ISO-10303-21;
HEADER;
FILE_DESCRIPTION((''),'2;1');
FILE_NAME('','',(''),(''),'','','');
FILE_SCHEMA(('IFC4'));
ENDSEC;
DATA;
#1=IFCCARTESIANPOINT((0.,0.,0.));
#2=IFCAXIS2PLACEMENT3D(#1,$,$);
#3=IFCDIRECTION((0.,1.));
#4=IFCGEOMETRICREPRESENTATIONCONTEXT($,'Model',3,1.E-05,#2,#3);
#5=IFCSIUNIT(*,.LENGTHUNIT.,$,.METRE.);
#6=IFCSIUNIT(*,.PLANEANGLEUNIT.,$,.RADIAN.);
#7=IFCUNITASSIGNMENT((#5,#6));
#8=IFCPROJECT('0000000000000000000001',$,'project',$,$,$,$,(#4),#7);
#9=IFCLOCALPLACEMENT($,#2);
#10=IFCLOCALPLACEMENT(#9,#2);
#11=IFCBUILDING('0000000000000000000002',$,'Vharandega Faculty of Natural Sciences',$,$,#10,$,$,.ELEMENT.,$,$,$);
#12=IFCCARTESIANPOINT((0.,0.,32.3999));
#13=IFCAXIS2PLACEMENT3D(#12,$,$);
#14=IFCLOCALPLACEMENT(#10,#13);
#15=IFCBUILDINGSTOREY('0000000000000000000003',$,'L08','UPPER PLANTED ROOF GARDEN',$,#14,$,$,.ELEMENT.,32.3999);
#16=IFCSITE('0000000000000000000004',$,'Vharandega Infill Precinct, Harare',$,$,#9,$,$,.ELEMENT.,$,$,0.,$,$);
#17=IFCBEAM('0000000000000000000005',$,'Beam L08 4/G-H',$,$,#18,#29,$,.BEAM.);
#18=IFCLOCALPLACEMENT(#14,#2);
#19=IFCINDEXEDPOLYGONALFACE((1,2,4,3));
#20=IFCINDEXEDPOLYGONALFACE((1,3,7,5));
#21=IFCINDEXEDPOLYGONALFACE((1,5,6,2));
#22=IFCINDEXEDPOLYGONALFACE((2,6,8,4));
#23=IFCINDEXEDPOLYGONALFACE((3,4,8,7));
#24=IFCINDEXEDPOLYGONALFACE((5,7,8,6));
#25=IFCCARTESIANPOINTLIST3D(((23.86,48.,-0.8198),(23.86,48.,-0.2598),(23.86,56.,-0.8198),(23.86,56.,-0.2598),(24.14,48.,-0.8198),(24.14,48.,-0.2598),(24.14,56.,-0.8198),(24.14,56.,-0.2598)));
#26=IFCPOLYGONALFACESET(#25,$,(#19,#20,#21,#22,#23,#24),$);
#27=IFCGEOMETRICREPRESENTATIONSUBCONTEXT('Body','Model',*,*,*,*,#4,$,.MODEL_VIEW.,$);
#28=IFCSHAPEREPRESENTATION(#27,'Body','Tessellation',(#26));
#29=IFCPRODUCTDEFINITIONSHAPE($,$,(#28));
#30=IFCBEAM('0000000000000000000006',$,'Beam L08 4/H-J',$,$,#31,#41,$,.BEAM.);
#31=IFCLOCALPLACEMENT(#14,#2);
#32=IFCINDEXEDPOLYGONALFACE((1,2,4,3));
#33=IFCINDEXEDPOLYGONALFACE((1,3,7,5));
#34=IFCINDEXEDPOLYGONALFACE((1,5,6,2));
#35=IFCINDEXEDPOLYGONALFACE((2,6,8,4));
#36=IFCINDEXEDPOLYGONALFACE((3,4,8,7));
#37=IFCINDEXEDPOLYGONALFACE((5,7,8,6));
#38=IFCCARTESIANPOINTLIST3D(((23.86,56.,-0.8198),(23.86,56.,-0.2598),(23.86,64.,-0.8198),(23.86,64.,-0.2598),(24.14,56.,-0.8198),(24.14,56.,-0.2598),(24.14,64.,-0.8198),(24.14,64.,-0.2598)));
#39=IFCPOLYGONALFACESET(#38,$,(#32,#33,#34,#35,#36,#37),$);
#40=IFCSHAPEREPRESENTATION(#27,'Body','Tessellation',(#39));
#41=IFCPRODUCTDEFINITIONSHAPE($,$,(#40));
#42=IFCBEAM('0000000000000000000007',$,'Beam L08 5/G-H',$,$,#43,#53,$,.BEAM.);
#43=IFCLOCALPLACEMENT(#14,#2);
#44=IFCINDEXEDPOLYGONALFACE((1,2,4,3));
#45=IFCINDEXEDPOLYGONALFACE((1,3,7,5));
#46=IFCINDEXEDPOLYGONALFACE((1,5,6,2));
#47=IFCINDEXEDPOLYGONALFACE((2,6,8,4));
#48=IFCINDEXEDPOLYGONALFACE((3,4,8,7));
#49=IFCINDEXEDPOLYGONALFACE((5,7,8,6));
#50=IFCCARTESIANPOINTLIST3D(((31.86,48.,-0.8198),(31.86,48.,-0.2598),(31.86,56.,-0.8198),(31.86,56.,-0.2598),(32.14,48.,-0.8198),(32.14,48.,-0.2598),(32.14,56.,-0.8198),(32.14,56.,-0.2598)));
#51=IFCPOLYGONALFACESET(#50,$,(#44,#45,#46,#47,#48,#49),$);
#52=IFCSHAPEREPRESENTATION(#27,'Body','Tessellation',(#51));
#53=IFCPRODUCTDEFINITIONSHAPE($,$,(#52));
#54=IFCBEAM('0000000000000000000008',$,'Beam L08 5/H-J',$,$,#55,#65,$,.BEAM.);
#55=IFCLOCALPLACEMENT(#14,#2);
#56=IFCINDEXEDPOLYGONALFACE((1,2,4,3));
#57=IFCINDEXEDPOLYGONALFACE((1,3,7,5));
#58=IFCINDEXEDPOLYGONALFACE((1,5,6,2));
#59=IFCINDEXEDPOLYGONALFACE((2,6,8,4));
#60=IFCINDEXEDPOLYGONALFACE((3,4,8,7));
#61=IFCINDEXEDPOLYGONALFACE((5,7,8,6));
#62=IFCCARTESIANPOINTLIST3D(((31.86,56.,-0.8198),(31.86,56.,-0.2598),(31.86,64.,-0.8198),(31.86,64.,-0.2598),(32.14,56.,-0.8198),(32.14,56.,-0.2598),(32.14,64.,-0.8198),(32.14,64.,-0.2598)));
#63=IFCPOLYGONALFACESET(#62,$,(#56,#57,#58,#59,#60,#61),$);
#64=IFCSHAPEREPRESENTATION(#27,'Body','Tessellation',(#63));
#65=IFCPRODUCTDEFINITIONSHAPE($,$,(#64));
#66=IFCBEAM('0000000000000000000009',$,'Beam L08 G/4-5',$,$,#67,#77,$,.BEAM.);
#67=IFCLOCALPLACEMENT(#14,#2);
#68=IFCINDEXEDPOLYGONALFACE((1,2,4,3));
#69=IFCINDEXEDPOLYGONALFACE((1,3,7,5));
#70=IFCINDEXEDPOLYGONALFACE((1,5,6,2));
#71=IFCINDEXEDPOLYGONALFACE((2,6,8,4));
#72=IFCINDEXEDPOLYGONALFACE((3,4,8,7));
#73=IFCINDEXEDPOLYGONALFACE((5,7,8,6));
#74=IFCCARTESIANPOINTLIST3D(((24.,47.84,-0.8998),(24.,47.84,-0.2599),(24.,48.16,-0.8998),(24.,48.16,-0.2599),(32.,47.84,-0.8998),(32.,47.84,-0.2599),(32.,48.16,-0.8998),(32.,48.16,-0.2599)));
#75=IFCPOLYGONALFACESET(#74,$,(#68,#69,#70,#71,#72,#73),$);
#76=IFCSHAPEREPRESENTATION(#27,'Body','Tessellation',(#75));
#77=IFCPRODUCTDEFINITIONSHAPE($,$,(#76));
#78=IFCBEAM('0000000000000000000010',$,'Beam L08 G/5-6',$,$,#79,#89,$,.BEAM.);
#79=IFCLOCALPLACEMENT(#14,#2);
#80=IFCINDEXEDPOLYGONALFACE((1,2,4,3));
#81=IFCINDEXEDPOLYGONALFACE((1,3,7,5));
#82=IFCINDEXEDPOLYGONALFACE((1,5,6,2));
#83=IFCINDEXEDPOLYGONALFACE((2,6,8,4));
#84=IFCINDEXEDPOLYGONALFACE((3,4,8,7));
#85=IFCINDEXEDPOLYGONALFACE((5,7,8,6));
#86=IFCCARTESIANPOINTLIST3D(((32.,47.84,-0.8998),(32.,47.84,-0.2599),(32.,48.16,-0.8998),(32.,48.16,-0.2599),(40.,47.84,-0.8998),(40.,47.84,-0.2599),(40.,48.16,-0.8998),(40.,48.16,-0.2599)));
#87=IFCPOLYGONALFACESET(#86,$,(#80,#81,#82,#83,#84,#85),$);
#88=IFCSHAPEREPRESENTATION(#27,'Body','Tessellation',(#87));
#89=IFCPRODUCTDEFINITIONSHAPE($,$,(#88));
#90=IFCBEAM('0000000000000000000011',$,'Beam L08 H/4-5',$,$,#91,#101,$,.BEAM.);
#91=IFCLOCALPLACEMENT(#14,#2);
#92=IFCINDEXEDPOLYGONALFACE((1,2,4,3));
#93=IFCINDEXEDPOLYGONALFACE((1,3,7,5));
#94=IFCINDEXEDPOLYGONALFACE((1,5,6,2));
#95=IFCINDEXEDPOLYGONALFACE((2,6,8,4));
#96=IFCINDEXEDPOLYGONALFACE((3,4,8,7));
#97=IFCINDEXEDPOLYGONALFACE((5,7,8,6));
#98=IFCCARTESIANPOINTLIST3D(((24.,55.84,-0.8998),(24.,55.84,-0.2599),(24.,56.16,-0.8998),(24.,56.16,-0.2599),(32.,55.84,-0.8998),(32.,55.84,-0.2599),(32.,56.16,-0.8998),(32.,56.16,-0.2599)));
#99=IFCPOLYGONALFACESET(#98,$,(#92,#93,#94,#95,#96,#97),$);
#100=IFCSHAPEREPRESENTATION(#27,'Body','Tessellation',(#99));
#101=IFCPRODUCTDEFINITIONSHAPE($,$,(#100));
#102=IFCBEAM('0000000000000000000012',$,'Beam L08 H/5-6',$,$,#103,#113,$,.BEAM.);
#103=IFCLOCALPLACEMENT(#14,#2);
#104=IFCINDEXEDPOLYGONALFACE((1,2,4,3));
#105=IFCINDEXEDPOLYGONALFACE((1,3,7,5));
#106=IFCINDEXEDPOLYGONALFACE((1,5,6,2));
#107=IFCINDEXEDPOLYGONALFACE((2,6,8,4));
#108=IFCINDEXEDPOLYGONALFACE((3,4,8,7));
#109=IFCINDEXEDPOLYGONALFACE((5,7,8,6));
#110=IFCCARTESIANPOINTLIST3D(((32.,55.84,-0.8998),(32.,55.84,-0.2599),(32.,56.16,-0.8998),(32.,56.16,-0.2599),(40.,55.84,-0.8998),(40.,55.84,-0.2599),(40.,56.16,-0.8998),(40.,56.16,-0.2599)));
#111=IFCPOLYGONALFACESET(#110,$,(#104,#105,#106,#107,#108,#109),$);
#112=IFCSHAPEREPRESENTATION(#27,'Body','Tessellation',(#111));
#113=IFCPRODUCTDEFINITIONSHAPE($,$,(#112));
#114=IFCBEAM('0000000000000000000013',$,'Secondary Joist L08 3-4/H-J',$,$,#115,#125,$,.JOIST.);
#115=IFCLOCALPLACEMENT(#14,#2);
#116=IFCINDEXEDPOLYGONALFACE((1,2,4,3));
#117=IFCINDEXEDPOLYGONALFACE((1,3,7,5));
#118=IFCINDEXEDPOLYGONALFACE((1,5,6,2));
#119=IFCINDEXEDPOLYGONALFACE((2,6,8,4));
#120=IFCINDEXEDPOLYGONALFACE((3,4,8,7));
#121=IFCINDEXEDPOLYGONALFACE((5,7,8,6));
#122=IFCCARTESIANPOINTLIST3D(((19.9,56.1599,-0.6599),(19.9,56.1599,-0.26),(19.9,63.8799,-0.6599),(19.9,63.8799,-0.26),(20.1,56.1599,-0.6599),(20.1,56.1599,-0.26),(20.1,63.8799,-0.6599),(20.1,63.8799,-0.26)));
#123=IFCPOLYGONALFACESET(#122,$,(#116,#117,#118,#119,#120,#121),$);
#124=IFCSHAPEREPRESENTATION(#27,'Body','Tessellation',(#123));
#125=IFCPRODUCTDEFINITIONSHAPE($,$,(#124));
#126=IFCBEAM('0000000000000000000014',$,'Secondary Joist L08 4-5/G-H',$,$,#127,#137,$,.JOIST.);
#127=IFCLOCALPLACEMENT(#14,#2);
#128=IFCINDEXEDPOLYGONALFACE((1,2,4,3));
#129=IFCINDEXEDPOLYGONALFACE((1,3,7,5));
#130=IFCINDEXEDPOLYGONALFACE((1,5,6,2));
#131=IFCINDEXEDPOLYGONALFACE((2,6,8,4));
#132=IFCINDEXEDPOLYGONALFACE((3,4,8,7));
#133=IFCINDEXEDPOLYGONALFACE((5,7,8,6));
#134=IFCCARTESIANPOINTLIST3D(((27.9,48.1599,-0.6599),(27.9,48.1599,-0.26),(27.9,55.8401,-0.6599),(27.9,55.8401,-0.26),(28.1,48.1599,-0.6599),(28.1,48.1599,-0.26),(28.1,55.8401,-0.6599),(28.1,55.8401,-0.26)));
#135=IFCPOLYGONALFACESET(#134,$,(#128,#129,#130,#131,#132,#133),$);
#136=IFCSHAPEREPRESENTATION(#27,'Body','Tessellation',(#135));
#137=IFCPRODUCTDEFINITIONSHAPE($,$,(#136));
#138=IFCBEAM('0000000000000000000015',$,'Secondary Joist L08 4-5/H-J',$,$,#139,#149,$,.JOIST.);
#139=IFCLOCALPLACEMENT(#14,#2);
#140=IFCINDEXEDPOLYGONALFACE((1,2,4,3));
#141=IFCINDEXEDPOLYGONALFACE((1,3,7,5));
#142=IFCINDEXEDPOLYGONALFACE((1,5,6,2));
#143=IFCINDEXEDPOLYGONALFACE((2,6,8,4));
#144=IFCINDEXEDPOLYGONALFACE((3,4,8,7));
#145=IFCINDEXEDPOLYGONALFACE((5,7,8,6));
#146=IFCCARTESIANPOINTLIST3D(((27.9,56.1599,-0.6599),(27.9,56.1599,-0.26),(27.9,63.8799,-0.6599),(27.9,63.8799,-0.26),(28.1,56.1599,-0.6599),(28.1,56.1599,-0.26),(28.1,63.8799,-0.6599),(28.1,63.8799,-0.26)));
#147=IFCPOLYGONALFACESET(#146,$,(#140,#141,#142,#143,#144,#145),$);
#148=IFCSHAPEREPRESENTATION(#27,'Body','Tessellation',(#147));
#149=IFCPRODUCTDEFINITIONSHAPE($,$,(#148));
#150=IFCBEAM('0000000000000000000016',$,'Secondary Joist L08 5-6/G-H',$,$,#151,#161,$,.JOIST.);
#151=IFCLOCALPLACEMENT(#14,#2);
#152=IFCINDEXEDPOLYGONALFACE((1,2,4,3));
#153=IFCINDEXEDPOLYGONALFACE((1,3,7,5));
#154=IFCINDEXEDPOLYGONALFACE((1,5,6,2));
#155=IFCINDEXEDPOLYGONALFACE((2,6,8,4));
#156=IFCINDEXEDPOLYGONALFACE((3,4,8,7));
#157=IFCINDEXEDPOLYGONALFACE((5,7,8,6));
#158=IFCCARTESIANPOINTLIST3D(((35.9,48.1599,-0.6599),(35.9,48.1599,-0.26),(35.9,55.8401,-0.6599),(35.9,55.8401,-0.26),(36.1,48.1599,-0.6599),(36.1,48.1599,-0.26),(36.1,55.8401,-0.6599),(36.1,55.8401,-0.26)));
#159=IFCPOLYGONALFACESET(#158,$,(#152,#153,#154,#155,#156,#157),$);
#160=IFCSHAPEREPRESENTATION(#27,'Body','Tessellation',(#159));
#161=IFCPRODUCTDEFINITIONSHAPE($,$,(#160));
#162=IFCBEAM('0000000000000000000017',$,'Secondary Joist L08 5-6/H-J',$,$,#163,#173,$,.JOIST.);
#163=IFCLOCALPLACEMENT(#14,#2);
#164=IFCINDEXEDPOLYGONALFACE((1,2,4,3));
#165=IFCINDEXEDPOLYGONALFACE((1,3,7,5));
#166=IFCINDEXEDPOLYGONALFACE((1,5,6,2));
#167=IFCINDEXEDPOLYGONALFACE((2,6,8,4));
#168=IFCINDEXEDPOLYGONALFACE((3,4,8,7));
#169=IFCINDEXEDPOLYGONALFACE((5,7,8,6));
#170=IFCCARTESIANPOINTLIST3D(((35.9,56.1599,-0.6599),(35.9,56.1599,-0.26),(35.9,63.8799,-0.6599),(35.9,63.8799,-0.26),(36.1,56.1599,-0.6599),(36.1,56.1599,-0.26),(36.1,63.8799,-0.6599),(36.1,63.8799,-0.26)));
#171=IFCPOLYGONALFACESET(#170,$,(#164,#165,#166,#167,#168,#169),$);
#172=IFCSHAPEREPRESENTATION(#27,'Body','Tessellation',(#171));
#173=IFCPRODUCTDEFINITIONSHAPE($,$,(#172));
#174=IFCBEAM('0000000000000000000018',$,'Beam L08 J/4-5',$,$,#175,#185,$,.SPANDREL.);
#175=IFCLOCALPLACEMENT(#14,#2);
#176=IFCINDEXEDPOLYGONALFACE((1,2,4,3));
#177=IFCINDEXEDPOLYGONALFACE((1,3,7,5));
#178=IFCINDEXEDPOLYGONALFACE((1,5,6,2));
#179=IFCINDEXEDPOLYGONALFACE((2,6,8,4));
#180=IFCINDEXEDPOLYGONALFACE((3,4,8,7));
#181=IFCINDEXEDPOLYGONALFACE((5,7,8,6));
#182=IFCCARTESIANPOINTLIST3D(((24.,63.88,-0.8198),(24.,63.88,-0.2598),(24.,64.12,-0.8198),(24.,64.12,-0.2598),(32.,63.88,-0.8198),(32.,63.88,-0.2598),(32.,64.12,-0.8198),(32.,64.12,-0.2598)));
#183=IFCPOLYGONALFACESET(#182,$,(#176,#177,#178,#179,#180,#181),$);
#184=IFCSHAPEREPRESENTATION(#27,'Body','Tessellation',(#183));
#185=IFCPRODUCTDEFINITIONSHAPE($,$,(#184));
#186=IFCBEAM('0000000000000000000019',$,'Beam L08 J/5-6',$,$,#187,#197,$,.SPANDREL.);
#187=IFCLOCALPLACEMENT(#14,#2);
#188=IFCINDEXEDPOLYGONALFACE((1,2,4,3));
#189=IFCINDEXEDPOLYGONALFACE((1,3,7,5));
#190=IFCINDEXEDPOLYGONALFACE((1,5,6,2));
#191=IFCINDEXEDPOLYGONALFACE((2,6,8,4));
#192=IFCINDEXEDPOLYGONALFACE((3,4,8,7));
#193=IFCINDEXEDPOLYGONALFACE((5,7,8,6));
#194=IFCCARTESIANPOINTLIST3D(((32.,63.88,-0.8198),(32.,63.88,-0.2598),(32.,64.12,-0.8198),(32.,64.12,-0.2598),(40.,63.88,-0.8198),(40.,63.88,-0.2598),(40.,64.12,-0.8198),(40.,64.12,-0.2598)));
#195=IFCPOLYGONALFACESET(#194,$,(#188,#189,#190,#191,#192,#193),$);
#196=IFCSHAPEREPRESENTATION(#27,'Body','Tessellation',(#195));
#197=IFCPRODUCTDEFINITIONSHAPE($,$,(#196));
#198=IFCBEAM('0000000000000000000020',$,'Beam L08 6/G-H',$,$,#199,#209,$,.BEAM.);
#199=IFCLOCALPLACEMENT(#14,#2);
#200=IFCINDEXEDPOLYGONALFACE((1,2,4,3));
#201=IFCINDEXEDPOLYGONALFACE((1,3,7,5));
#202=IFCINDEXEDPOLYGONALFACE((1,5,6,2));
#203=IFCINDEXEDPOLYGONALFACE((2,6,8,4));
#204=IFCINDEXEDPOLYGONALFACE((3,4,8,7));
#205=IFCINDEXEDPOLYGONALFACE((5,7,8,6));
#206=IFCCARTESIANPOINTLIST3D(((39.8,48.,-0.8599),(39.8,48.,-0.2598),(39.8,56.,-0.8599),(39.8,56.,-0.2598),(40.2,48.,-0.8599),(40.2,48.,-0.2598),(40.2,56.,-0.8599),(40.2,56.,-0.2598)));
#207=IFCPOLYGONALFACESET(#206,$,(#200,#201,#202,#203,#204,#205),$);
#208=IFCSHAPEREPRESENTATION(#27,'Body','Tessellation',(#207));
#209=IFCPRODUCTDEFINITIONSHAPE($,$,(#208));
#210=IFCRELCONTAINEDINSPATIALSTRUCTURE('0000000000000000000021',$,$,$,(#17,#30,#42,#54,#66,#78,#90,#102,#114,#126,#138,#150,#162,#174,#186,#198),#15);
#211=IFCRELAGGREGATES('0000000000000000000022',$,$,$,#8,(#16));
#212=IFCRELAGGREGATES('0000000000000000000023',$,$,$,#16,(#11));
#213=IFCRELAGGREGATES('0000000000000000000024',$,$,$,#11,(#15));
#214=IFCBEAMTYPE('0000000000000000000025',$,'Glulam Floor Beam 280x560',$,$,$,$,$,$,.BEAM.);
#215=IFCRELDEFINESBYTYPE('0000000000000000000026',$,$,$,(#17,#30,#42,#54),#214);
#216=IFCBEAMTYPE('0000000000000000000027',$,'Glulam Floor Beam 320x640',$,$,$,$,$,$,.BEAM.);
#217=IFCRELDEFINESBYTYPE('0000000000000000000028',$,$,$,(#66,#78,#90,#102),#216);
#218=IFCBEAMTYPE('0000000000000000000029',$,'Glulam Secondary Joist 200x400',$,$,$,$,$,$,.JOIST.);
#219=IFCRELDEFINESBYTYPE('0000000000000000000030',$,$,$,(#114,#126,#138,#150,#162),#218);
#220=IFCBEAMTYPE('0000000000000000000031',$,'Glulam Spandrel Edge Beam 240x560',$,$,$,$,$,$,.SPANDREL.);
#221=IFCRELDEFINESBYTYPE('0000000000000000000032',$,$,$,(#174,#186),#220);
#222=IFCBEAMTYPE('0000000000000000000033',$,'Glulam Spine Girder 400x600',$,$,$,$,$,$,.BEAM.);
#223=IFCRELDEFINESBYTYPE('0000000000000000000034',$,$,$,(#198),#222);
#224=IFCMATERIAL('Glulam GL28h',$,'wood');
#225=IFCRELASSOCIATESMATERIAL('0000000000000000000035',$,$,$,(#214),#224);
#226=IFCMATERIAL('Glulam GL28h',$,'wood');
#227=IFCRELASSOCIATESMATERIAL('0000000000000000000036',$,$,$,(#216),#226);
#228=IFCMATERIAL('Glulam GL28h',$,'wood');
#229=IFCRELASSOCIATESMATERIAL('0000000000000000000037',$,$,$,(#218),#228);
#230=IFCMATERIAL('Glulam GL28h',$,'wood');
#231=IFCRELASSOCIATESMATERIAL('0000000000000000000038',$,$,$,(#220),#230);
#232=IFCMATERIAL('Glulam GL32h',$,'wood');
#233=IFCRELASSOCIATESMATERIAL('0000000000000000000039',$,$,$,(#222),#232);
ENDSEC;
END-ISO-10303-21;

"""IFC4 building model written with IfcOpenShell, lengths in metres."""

from ifc_helpers import new_model, si_unit, direction, frame, origin, origin_2d, place, context, subcontext, project, spatial, rectangle, extrude, material, material_profile, profile_set, type_object, element, save


model = new_model("IFC4")

# Units and contexts
model_context = context("Model", 3, precision=1e-05, world=origin(), true_north=direction((0.0, 1.0)))
body_context = subcontext(model_context, "Body", "Model", "MODEL_VIEW")
ifc_project = project(units=[si_unit("LENGTHUNIT", "METRE"), si_unit("PLANEANGLEUNIT", "RADIAN")], contexts=[model_context])

# Site, building, storey
site_placement = place(None, origin())
site = spatial("IfcSite", under=ifc_project, at=site_placement, Name="Vharandega Infill Precinct, Harare", CompositionType="ELEMENT", RefElevation=0.0)
building_placement = place(site_placement, origin())
building = spatial("IfcBuilding", under=site, at=building_placement, Name="Vharandega Faculty of Natural Sciences", CompositionType="ELEMENT")
storey_placement = place(building_placement, frame((0.0, 0.0, 32.3999)))
storey = spatial("IfcBuildingStorey", under=building, at=storey_placement, Name="L08", Description="UPPER PLANTED ROOF GARDEN", CompositionType="ELEMENT", Elevation=32.3999)

# Beams
ifc_material_1 = material(Name="Glulam GL28h", Category="wood")
ifc_material_profile_1 = material_profile(ifc_material_1, rectangle(XDim=0.28, YDim=0.5601, at=origin_2d()), Name="GL28h 280x560")
ifc_profile_set_1 = profile_set([ifc_material_profile_1], Name="Glulam GL28h")
beam_type_1 = type_object("IfcBeamType", Name="Glulam Floor Beam 280x560", PredefinedType="BEAM", material=ifc_profile_set_1)
for number, where, z_axis, x_axis, name in (
    (1, (24.0, 48.0, -0.5398), (0.0, 1.0, 0.0), (-1.0, 0.0, 0.0), "Beam L08 4/G-H"),
    (2, (24.0, 56.0, -0.5398), (0.0, 1.0, 0.0), (-1.0, 0.0, 0.0), "Beam L08 4/H-J"),
    (3, (32.0, 48.0, -0.5398), (0.0, 1.0, 0.0), (-1.0, 0.0, 0.0), "Beam L08 5/G-H"),
    (4, (32.0, 56.0, -0.5398), (0.0, 1.0, 0.0), (-1.0, 0.0, 0.0), "Beam L08 5/H-J"),
):
    element("IfcBeam", number, at=place(storey_placement, frame(where, z_axis=z_axis, x_axis=x_axis)), inside=storey, type_object=beam_type_1, Name=name, PredefinedType="BEAM", context=body_context, shape_type="SweptSolid", body=[
        extrude(rectangle(XDim=0.28, YDim=0.5601, at=origin_2d()), origin(), (0.0, 0.0, 1.0), 8.0),
    ])
ifc_material_2 = material(Name="Glulam GL28h", Category="wood")
ifc_material_profile_2 = material_profile(ifc_material_2, rectangle(XDim=0.3201, YDim=0.6399, at=origin_2d()), Name="GL28h 320x640")
ifc_profile_set_2 = profile_set([ifc_material_profile_2], Name="Glulam GL28h")
beam_type_2 = type_object("IfcBeamType", Name="Glulam Floor Beam 320x640", PredefinedType="BEAM", material=ifc_profile_set_2)
for number, where, z_axis, x_axis, name in (
    (5, (24.0, 48.0, -0.5798), (1.0, 0.0, 0.0), (0.0, 1.0, 0.0), "Beam L08 G/4-5"),
    (6, (32.0, 48.0, -0.5798), (1.0, 0.0, 0.0), (0.0, 1.0, 0.0), "Beam L08 G/5-6"),
    (7, (24.0, 56.0, -0.5798), (1.0, 0.0, 0.0), (0.0, 1.0, 0.0), "Beam L08 H/4-5"),
    (8, (32.0, 56.0, -0.5798), (1.0, 0.0, 0.0), (0.0, 1.0, 0.0), "Beam L08 H/5-6"),
):
    element("IfcBeam", number, at=place(storey_placement, frame(where, z_axis=z_axis, x_axis=x_axis)), inside=storey, type_object=beam_type_2, Name=name, PredefinedType="BEAM", context=body_context, shape_type="SweptSolid", body=[
        extrude(rectangle(XDim=0.3201, YDim=0.6399, at=origin_2d()), origin(), (0.0, 0.0, 1.0), 8.0),
    ])
ifc_material_3 = material(Name="Glulam GL28h", Category="wood")
ifc_material_profile_3 = material_profile(ifc_material_3, rectangle(XDim=0.2, YDim=0.3999, at=origin_2d()), Name="GL28h 200x400")
ifc_profile_set_3 = profile_set([ifc_material_profile_3], Name="Glulam GL28h")
beam_type_3 = type_object("IfcBeamType", Name="Glulam Secondary Joist 200x400", PredefinedType="JOIST", material=ifc_profile_set_3)
beam_1_placement = place(storey_placement, frame((20.0, 56.1599, -0.46), z_axis=(0.0, 1.0, 0.0), x_axis=(-1.0, 0.0, 0.0)))
element("IfcBeam", 9, at=beam_1_placement, inside=storey, type_object=beam_type_3, Name="Secondary Joist L08 3-4/H-J", PredefinedType="JOIST", context=body_context, shape_type="SweptSolid", body=[
    extrude(rectangle(XDim=0.2, YDim=0.3999, at=origin_2d()), origin(), (0.0, 0.0, 1.0), 7.72),
])
beam_2_placement = place(storey_placement, frame((28.0, 48.1599, -0.46), z_axis=(0.0, 1.0, 0.0), x_axis=(-1.0, 0.0, 0.0)))
element("IfcBeam", 10, at=beam_2_placement, inside=storey, type_object=beam_type_3, Name="Secondary Joist L08 4-5/G-H", PredefinedType="JOIST", context=body_context, shape_type="SweptSolid", body=[
    extrude(rectangle(XDim=0.2, YDim=0.3999, at=origin_2d()), origin(), (0.0, 0.0, 1.0), 7.6802),
])
beam_3_placement = place(storey_placement, frame((28.0, 56.1599, -0.46), z_axis=(0.0, 1.0, 0.0), x_axis=(-1.0, 0.0, 0.0)))
element("IfcBeam", 11, at=beam_3_placement, inside=storey, type_object=beam_type_3, Name="Secondary Joist L08 4-5/H-J", PredefinedType="JOIST", context=body_context, shape_type="SweptSolid", body=[
    extrude(rectangle(XDim=0.2, YDim=0.3999, at=origin_2d()), origin(), (0.0, 0.0, 1.0), 7.72),
])
beam_4_placement = place(storey_placement, frame((36.0, 48.1599, -0.46), z_axis=(0.0, 1.0, 0.0), x_axis=(-1.0, 0.0, 0.0)))
element("IfcBeam", 12, at=beam_4_placement, inside=storey, type_object=beam_type_3, Name="Secondary Joist L08 5-6/G-H", PredefinedType="JOIST", context=body_context, shape_type="SweptSolid", body=[
    extrude(rectangle(XDim=0.2, YDim=0.3999, at=origin_2d()), origin(), (0.0, 0.0, 1.0), 7.6802),
])
beam_5_placement = place(storey_placement, frame((36.0, 56.1599, -0.46), z_axis=(0.0, 1.0, 0.0), x_axis=(-1.0, 0.0, 0.0)))
element("IfcBeam", 13, at=beam_5_placement, inside=storey, type_object=beam_type_3, Name="Secondary Joist L08 5-6/H-J", PredefinedType="JOIST", context=body_context, shape_type="SweptSolid", body=[
    extrude(rectangle(XDim=0.2, YDim=0.3999, at=origin_2d()), origin(), (0.0, 0.0, 1.0), 7.72),
])
ifc_material_4 = material(Name="Glulam GL28h", Category="wood")
ifc_material_profile_4 = material_profile(ifc_material_4, rectangle(XDim=0.24, YDim=0.5601, at=origin_2d()), Name="GL28h 240x560")
ifc_profile_set_4 = profile_set([ifc_material_profile_4], Name="Glulam GL28h")
beam_type_4 = type_object("IfcBeamType", Name="Glulam Spandrel Edge Beam 240x560", PredefinedType="SPANDREL", material=ifc_profile_set_4)
for number, where, z_axis, x_axis, name in (
    (14, (24.0, 64.0, -0.5398), (1.0, 0.0, 0.0), (0.0, 1.0, 0.0), "Beam L08 J/4-5"),
    (15, (32.0, 64.0, -0.5398), (1.0, 0.0, 0.0), (0.0, 1.0, 0.0), "Beam L08 J/5-6"),
):
    element("IfcBeam", number, at=place(storey_placement, frame(where, z_axis=z_axis, x_axis=x_axis)), inside=storey, type_object=beam_type_4, Name=name, PredefinedType="SPANDREL", context=body_context, shape_type="SweptSolid", body=[
        extrude(rectangle(XDim=0.24, YDim=0.5601, at=origin_2d()), origin(), (0.0, 0.0, 1.0), 8.0),
    ])
ifc_material_5 = material(Name="Glulam GL32h", Category="wood")
ifc_material_profile_5 = material_profile(ifc_material_5, rectangle(XDim=0.3999, YDim=0.6001, at=origin_2d()), Name="GL32h 400x600")
ifc_profile_set_5 = profile_set([ifc_material_profile_5], Name="Glulam GL32h")
beam_type_5 = type_object("IfcBeamType", Name="Glulam Spine Girder 400x600", PredefinedType="BEAM", material=ifc_profile_set_5)
for number, where, z_axis, x_axis, name in (
    (16, (40.0, 48.0, -0.5598), (0.0, 1.0, 0.0), (-1.0, 0.0, 0.0), "Beam L08 6/G-H"),
):
    element("IfcBeam", number, at=place(storey_placement, frame(where, z_axis=z_axis, x_axis=x_axis)), inside=storey, type_object=beam_type_5, Name=name, PredefinedType="BEAM", context=body_context, shape_type="SweptSolid", body=[
        extrude(rectangle(XDim=0.3999, YDim=0.6001, at=origin_2d()), origin(), (0.0, 0.0, 1.0), 8.0),
    ])

save(model, "model.ifc")
